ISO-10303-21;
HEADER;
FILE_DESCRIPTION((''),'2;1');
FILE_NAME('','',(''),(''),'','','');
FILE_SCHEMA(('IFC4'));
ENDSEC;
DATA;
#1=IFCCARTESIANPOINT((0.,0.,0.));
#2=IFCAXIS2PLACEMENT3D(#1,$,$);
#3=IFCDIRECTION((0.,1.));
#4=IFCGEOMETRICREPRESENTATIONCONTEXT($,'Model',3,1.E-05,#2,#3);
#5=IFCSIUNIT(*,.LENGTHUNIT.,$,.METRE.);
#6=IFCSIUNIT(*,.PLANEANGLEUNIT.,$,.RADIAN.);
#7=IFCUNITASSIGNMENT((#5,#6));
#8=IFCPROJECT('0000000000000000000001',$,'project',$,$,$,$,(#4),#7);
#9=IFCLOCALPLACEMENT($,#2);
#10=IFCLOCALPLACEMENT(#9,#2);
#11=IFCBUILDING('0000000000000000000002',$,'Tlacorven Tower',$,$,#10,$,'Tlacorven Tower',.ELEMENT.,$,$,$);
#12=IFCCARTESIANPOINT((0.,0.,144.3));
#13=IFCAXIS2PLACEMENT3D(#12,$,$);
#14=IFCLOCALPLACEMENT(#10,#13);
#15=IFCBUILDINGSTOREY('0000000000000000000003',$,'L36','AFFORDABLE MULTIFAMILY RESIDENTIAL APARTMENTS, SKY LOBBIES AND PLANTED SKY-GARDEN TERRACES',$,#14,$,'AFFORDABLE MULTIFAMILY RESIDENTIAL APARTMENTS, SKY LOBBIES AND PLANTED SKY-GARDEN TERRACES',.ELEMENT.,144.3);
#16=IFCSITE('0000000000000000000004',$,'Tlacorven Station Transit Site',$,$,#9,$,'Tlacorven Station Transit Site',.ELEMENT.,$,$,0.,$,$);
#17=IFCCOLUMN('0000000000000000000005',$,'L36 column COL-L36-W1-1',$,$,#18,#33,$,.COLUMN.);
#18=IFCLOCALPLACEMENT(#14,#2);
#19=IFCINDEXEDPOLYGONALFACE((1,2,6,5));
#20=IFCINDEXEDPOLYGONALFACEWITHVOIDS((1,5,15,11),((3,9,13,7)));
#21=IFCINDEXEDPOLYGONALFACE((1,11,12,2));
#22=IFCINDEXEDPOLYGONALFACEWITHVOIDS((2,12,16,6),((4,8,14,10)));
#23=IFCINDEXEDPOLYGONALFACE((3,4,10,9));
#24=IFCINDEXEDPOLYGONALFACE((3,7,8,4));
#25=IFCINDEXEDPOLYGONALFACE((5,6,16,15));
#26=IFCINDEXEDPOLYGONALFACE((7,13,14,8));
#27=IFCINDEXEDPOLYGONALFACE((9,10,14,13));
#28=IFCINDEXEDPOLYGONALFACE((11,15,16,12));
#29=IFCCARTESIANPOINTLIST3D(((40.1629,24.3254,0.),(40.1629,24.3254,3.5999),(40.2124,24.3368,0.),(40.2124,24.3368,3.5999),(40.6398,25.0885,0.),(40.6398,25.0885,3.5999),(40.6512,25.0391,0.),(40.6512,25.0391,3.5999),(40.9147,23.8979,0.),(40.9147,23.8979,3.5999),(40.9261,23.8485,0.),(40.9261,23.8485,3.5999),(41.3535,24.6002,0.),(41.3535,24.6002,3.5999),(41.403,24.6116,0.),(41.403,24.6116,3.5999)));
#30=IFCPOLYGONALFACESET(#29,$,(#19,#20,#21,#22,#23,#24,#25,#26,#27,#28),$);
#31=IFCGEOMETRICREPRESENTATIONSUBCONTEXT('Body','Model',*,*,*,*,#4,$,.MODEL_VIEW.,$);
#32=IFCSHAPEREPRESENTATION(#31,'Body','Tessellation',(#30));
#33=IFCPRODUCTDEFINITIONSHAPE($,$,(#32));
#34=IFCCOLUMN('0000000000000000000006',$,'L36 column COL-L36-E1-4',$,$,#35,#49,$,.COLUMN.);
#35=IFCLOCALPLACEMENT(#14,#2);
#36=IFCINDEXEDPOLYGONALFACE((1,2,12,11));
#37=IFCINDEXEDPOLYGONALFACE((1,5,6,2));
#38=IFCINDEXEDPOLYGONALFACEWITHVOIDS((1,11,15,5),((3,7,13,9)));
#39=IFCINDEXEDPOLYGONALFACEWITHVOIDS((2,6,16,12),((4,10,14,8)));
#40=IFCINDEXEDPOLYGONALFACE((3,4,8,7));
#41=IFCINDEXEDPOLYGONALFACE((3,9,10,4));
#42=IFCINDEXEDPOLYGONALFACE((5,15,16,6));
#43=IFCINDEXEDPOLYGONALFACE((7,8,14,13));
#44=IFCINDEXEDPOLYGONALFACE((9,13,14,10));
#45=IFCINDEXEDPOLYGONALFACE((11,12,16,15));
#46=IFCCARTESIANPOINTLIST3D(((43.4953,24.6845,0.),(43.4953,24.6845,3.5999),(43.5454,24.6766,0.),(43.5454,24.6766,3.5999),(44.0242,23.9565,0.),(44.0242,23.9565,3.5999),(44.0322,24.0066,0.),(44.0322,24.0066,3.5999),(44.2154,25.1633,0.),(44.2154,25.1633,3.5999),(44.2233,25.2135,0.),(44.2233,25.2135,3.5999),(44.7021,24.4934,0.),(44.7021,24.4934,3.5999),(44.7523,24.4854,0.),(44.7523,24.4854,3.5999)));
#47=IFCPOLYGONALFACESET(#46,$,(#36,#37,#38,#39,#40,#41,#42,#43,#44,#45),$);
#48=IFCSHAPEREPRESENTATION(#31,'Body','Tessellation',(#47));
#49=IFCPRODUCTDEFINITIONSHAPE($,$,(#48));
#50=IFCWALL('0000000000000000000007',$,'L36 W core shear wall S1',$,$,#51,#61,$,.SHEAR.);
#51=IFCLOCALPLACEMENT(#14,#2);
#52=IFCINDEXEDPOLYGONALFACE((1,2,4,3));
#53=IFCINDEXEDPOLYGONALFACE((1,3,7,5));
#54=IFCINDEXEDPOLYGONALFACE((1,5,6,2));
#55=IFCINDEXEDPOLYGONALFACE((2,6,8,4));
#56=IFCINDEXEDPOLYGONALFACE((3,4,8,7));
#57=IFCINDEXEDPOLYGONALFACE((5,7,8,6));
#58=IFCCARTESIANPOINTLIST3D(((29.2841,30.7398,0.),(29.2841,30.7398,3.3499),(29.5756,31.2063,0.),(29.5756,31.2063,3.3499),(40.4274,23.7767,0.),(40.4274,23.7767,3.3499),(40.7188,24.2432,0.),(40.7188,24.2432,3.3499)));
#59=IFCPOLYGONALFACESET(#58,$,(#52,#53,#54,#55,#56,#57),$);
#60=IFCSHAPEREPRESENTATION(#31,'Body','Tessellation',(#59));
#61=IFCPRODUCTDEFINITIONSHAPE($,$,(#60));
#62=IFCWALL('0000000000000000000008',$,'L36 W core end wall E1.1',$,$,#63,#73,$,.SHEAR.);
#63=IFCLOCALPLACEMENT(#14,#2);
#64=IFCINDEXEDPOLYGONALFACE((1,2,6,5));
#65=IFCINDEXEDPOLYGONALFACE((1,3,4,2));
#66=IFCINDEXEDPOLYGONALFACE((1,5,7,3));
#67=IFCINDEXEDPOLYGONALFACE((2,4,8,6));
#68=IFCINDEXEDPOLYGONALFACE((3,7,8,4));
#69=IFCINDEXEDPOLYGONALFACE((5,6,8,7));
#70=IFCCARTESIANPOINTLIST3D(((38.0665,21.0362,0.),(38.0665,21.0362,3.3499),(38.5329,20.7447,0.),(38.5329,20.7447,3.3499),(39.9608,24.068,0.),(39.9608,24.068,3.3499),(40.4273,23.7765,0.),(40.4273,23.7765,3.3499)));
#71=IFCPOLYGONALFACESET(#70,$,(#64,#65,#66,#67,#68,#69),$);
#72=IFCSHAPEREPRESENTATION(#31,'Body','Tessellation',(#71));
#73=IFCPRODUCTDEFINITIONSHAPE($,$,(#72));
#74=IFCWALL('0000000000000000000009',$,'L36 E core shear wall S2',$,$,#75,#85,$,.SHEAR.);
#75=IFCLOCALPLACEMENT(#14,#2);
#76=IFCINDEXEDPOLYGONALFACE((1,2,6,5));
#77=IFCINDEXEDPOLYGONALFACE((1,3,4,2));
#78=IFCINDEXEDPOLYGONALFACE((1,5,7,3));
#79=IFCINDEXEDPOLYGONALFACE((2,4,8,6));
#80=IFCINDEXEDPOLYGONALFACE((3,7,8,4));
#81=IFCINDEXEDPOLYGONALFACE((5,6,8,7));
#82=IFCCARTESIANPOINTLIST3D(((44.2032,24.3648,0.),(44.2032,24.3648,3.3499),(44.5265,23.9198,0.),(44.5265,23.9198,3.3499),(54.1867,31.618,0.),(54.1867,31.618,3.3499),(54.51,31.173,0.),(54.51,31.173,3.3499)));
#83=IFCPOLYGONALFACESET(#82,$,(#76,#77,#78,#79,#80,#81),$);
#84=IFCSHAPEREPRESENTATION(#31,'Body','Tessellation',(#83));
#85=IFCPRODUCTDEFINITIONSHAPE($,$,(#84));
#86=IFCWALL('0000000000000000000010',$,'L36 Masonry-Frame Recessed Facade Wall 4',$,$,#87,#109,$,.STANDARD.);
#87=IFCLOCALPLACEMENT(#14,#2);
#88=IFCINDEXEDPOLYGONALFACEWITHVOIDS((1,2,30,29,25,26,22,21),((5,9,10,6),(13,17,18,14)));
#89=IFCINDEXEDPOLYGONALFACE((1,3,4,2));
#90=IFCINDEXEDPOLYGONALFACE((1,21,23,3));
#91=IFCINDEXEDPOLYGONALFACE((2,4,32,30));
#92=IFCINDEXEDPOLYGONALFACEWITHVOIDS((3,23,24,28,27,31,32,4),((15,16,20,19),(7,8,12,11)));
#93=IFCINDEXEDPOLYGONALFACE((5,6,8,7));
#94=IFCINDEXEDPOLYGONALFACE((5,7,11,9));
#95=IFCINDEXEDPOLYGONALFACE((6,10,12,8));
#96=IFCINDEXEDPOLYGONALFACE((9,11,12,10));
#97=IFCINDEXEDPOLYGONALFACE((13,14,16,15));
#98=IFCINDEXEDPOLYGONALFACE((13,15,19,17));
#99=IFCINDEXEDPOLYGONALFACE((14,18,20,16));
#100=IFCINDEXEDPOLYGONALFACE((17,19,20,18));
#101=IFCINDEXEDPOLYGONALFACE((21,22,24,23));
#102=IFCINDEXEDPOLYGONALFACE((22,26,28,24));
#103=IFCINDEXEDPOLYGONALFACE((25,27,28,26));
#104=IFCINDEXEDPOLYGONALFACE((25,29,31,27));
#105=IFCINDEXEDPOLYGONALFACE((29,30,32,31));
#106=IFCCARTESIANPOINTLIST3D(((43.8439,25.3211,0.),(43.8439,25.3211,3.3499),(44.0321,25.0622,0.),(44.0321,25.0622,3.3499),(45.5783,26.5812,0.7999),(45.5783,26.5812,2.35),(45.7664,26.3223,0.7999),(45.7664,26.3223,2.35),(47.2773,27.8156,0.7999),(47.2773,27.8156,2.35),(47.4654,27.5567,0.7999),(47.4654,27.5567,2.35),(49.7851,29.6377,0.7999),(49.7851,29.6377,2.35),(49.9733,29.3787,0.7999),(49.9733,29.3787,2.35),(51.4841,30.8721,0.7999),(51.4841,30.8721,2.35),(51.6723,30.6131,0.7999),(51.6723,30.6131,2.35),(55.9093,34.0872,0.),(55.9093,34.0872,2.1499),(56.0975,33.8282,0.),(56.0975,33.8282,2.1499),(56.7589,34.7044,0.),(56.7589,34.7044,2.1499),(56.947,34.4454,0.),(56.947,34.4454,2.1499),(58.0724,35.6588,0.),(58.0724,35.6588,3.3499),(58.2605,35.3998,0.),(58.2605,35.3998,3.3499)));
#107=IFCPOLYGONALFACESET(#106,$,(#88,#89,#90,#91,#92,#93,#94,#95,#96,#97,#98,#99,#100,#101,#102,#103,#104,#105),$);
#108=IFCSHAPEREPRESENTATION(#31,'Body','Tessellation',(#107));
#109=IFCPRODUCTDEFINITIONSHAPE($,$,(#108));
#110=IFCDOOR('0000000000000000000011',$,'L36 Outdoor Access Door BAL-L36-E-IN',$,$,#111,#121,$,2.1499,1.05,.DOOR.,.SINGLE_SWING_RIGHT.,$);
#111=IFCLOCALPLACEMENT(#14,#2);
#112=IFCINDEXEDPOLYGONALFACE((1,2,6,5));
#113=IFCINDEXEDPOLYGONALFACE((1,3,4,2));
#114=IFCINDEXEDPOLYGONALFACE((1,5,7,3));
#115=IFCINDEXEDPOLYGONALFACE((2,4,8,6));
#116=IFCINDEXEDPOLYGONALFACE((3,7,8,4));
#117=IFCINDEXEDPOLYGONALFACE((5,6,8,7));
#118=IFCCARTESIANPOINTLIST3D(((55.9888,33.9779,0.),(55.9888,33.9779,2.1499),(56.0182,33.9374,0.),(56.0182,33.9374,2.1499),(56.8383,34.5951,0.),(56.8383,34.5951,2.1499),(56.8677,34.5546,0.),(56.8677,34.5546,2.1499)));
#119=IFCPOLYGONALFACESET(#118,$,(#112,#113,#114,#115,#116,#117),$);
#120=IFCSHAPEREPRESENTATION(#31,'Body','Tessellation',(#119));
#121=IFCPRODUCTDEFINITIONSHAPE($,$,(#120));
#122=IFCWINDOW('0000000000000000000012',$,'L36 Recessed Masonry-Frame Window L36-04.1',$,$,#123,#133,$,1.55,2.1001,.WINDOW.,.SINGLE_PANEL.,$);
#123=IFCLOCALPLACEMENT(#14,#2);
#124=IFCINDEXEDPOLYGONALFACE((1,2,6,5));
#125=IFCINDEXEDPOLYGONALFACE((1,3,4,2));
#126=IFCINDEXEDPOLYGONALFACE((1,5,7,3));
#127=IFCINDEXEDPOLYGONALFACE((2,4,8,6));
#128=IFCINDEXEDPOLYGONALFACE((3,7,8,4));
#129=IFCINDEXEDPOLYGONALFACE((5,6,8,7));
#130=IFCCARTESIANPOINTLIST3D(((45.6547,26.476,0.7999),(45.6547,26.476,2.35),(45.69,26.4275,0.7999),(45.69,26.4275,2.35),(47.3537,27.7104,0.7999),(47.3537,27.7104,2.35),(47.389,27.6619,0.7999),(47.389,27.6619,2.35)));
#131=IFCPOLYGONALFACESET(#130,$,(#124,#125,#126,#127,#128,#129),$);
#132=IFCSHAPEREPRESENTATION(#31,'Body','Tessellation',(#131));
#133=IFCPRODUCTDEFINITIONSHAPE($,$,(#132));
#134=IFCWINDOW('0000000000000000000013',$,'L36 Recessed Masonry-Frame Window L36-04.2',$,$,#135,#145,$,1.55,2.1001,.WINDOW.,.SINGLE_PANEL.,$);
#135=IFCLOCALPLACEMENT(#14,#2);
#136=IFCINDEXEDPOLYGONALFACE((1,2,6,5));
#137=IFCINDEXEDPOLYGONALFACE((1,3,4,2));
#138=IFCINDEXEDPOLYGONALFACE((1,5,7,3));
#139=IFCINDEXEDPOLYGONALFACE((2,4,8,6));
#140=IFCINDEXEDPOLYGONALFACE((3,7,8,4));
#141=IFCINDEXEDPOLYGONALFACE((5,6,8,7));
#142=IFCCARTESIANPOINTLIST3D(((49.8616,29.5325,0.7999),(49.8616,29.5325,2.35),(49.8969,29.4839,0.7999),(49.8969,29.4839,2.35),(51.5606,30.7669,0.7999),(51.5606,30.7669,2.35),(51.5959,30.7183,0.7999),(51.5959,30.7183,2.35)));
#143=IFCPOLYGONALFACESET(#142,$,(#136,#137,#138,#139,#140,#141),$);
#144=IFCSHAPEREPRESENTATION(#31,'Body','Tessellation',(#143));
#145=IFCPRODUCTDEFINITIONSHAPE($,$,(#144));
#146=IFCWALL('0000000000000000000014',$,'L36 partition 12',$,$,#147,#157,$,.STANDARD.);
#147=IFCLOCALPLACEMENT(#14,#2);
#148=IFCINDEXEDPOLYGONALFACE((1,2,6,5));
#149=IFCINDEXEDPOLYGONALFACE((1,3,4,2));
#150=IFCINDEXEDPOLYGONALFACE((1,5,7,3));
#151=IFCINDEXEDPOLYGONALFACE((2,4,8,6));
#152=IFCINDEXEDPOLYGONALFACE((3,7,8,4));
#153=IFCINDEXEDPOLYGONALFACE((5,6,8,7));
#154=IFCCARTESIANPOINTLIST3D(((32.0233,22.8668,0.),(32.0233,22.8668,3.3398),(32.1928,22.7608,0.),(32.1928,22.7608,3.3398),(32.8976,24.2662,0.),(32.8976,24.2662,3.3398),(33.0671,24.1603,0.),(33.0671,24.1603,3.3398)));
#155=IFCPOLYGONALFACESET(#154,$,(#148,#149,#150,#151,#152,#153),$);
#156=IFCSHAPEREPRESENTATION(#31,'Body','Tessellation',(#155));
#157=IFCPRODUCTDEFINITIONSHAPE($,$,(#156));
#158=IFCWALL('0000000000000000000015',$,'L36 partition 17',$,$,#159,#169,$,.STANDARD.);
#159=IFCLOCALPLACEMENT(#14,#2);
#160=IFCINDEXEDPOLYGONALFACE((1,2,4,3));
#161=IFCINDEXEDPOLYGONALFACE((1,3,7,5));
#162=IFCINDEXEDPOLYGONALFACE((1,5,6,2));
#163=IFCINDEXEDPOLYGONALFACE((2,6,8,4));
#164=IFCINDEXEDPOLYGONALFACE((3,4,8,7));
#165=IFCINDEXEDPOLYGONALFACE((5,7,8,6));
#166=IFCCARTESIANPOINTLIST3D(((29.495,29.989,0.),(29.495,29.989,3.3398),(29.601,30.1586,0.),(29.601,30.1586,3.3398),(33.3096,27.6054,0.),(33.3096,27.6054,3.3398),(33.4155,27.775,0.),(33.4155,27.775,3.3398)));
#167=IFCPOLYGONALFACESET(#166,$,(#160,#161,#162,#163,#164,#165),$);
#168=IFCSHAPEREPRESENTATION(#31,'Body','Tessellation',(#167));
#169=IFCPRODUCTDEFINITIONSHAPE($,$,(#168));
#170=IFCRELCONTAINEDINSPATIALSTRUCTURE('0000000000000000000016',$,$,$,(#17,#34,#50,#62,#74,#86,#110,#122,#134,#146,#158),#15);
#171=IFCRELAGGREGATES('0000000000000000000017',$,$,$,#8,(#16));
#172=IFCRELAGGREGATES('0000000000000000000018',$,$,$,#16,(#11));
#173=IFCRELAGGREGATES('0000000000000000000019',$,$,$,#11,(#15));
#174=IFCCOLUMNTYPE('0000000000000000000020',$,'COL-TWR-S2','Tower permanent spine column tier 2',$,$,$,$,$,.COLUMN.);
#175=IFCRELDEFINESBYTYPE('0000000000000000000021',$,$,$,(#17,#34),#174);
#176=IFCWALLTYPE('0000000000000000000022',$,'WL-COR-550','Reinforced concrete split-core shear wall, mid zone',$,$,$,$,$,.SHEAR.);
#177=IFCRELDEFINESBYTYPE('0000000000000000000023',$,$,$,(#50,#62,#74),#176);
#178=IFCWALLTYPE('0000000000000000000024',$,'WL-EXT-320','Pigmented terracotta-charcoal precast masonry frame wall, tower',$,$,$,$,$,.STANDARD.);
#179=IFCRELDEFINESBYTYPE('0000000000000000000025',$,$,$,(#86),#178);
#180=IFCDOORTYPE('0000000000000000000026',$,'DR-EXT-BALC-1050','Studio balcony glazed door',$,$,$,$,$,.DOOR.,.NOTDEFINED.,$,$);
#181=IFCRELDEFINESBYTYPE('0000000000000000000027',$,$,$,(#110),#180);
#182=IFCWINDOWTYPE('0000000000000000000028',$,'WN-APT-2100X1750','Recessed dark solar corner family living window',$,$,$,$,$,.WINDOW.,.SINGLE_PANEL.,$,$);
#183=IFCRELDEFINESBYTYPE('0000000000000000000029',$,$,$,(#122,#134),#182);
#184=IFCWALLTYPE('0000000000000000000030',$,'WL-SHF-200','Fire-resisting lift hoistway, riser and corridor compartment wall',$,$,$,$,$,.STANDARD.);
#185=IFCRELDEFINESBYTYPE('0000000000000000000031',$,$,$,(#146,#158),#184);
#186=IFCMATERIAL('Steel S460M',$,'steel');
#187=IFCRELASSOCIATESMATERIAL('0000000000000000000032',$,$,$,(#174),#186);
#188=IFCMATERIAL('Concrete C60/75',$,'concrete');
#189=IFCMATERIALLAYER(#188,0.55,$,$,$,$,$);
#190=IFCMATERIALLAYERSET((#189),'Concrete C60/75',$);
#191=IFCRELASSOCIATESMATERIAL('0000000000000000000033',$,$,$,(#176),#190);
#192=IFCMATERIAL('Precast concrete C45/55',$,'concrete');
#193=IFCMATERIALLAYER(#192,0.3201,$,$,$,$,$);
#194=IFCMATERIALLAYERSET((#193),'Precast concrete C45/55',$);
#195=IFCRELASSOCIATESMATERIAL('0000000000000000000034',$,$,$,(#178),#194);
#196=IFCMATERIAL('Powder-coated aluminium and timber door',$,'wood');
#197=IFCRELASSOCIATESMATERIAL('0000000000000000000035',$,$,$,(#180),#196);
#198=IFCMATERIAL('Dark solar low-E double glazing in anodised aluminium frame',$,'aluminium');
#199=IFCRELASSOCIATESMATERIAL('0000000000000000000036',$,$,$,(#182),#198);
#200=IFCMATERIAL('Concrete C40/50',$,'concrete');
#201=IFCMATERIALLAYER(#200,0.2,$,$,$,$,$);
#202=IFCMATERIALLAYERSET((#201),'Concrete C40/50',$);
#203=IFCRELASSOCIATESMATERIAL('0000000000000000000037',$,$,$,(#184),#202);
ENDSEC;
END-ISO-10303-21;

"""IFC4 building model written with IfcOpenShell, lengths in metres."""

from ifc_helpers import new_model, si_unit, direction, frame, frame_2d, origin, origin_2d, place, context, subcontext, project, spatial, rectangle, hollow_rectangle, extrude, source, transform, mapped, material, layer, layer_set, material_profile, profile_set, type_object, element, fill, save


model = new_model("IFC4")

# Units and contexts
model_context = context("Model", 3, precision=1e-05, world=origin(), true_north=direction((0.0, 1.0)))
body_context = subcontext(model_context, "Body", "Model", "MODEL_VIEW")
ifc_project = project(units=[si_unit("LENGTHUNIT", "METRE"), si_unit("PLANEANGLEUNIT", "RADIAN")], contexts=[model_context])

# Site, building, storey
site_placement = place(None, origin())
site = spatial("IfcSite", under=ifc_project, at=site_placement, Name="Tlacorven Station Transit Site", LongName="Tlacorven Station Transit Site", CompositionType="ELEMENT", RefElevation=0.0)
building_placement = place(site_placement, origin())
building = spatial("IfcBuilding", under=site, at=building_placement, Name="Tlacorven Tower", LongName="Tlacorven Tower", CompositionType="ELEMENT")
storey_placement = place(building_placement, frame((0.0, 0.0, 144.3)))
storey = spatial("IfcBuildingStorey", under=building, at=storey_placement, Name="L36", Description="AFFORDABLE MULTIFAMILY RESIDENTIAL APARTMENTS, SKY LOBBIES AND PLANTED SKY-GARDEN TERRACES", LongName="AFFORDABLE MULTIFAMILY RESIDENTIAL APARTMENTS, SKY LOBBIES AND PLANTED SKY-GARDEN TERRACES", CompositionType="ELEMENT", Elevation=144.3)

# Columns
ifc_material_1 = material(Name="Steel S460M", Category="steel")
ifc_material_profile = material_profile(ifc_material_1, hollow_rectangle(XDim=0.8999, YDim=0.8999, WallThickness=0.0359, at=origin_2d()), Name="BOX 900X900X36")
ifc_profile_set = profile_set([ifc_material_profile], Name="Steel S460M")
column_type = type_object("IfcColumnType", Name="COL-TWR-S2", Description="Tower permanent spine column tier 2", PredefinedType="COLUMN", material=ifc_profile_set)
shared_shape_1 = source(origin(), body_context, "Body", "SweptSolid", [
    extrude(hollow_rectangle(XDim=0.8999, YDim=0.8999, WallThickness=0.0359, at=origin_2d()), origin(), (0.0, 0.0, 1.0), 3.5999),
])
for number, where, z_axis, x_axis, name in (
    (1, (40.783, 24.4685, 0.0), (0.0, 0.0, 1.0), (-0.848048, 0.529919, 0.0), "L36 column COL-L36-W1-1"),
    (2, (44.1238, 24.585, 0.0), (0.0, 0.0, 1.0), (0.809017, 0.587785, 0.0), "L36 column COL-L36-E1-4"),
):
    element("IfcColumn", number, at=place(storey_placement, frame(where, z_axis=z_axis, x_axis=x_axis)), inside=storey, type_object=column_type, Name=name, PredefinedType="COLUMN", context=body_context, shape_type="MappedRepresentation", body=[
        mapped(shared_shape_1, transform((0.0, 0.0, 0.0), scale=1.0)),
    ])

# Walls
ifc_material_2 = material(Name="Concrete C60/75", Category="concrete")
ifc_layer_1 = layer(ifc_material_2, 0.55)
ifc_layer_set_1 = layer_set([ifc_layer_1], Name="Concrete C60/75")
wall_type_1 = type_object("IfcWallType", Name="WL-COR-550", Description="Reinforced concrete split-core shear wall, mid zone", PredefinedType="SHEAR", material=ifc_layer_set_1)
wall_1_placement = place(storey_placement, frame((40.573, 24.01, 0.0), z_axis=(0.0, 0.0, 1.0), x_axis=(-0.848047, 0.52992, 0.0)))
element("IfcWall", 3, at=wall_1_placement, inside=storey, type_object=wall_type_1, Name="L36 W core shear wall S1", PredefinedType="SHEAR", context=body_context, shape_type="SweptSolid", body=[
    extrude(rectangle(XDim=13.1399, YDim=0.55, at=frame_2d((6.5698, 0.0))), origin(), (0.0, 0.0, 1.0), 3.3499),
])
wall_2_placement = place(storey_placement, frame((40.1941, 23.9224, 0.0), z_axis=(0.0, 0.0, 1.0), x_axis=(-0.529888, -0.848067, 0.0)))
element("IfcWall", 4, at=wall_2_placement, inside=storey, type_object=wall_type_1, Name="L36 W core end wall E1.1", PredefinedType="SHEAR", context=body_context, shape_type="SweptSolid", body=[
    extrude(rectangle(XDim=3.575, YDim=0.55, at=frame_2d((1.7876, 0.0))), origin(), (0.0, 0.0, 1.0), 3.3499),
])
wall_3_placement = place(storey_placement, frame((44.365, 24.1423, 0.0), z_axis=(0.0, 0.0, 1.0), x_axis=(0.809024, 0.587775, 0.0)))
element("IfcWall", 5, at=wall_3_placement, inside=storey, type_object=wall_type_1, Name="L36 E core shear wall S2", PredefinedType="SHEAR", context=body_context, shape_type="SweptSolid", body=[
    extrude(rectangle(XDim=12.3401, YDim=0.55, at=frame_2d((6.1699, 0.0))), origin(), (0.0, 0.0, 1.0), 3.3499),
])

# Wall, openings, door, windows
ifc_material_3 = material(Name="Precast concrete C45/55", Category="concrete")
ifc_layer_2 = layer(ifc_material_3, 0.3201)
ifc_layer_set_2 = layer_set([ifc_layer_2], Name="Precast concrete C45/55")
wall_type_2 = type_object("IfcWallType", Name="WL-EXT-320", Description="Pigmented terracotta-charcoal precast masonry frame wall, tower", PredefinedType="STANDARD", material=ifc_layer_set_2)
wall_4_placement = place(storey_placement, frame((43.938, 25.1917, 0.0), z_axis=(0.0, 0.0, 1.0), x_axis=(0.809016, 0.587786, 0.0)))
wall_4 = element("IfcWall", 6, at=wall_4_placement, inside=storey, type_object=wall_type_2, Name="L36 Masonry-Frame Recessed Facade Wall 4", PredefinedType="STANDARD", context=body_context, shape_type="SweptSolid", body=[
    extrude(rectangle(XDim=17.5874, YDim=0.3201, at=frame_2d((8.7937, 0.0))), origin(), (0.0, 0.0, 1.0), 3.3499),
])
opening_1_placement = place(wall_4_placement, frame((14.9138, 0.0, 0.0)))
opening_1 = element("IfcOpeningElement", 7, at=opening_1_placement, cuts=wall_4, PredefinedType="OPENING", context=body_context, shape_type="SweptSolid", body=[
    extrude(rectangle(XDim=1.05, YDim=2.1499, at=frame_2d((0.5249, 1.075))), frame((0.0, 0.1699, 0.0), z_axis=(0.0, -1.0, 0.0), x_axis=(1.0, 0.0, 0.0)), (0.0, 0.0, 1.0), 0.3401),
])
opening_2_placement = place(wall_4_placement, frame((2.1438, 0.0, 0.8)))
opening_2 = element("IfcOpeningElement", 8, at=opening_2_placement, cuts=wall_4, PredefinedType="OPENING", context=body_context, shape_type="SweptSolid", body=[
    extrude(rectangle(XDim=2.1001, YDim=1.55, at=frame_2d((1.05, 0.7749))), frame((0.0, 0.1699, 0.0), z_axis=(0.0, -1.0, 0.0), x_axis=(1.0, 0.0, 0.0)), (0.0, 0.0, 1.0), 0.3401),
])
opening_3_placement = place(wall_4_placement, frame((7.3438, 0.0, 0.8)))
opening_3 = element("IfcOpeningElement", 9, at=opening_3_placement, cuts=wall_4, PredefinedType="OPENING", context=body_context, shape_type="SweptSolid", body=[
    extrude(rectangle(XDim=2.1001, YDim=1.55, at=frame_2d((1.05, 0.7749))), frame((0.0, 0.1699, 0.0), z_axis=(0.0, -1.0, 0.0), x_axis=(1.0, 0.0, 0.0)), (0.0, 0.0, 1.0), 0.3401),
])
ifc_material_4 = material(Name="Powder-coated aluminium and timber door", Category="wood")
door_type = type_object("IfcDoorType", Name="DR-EXT-BALC-1050", Description="Studio balcony glazed door", OperationType="NOTDEFINED", PredefinedType="DOOR", material=ifc_material_4)
shared_shape_2 = source(origin(), body_context, "Body", "SweptSolid", [
    extrude(rectangle(XDim=1.05, YDim=2.1499, at=frame_2d((0.5249, 1.075))), frame((0.0, 0.0249, 0.0), z_axis=(0.0, -1.0, 0.0), x_axis=(1.0, 0.0, 0.0)), (0.0, 0.0, 1.0), 0.05),
])
door_placement = place(opening_1_placement, origin())
door = element("IfcDoor", 10, at=door_placement, inside=storey, type_object=door_type, Name="L36 Outdoor Access Door BAL-L36-E-IN", OperationType="SINGLE_SWING_RIGHT", OverallHeight=2.1499, OverallWidth=1.05, PredefinedType="DOOR", context=body_context, shape_type="MappedRepresentation", body=[
    mapped(shared_shape_2, transform((0.0, 0.0, 0.0), scale=1.0)),
])
fill(opening_1, door)
ifc_material_5 = material(Name="Dark solar low-E double glazing in anodised aluminium frame", Category="aluminium")
window_type = type_object("IfcWindowType", Name="WN-APT-2100X1750", Description="Recessed dark solar corner family living window", PartitioningType="SINGLE_PANEL", PredefinedType="WINDOW", material=ifc_material_5)
shared_shape_3 = source(origin(), body_context, "Body", "SweptSolid", [
    extrude(rectangle(XDim=2.1001, YDim=1.55, at=frame_2d((1.05, 0.7749))), frame((0.0, 0.03, 0.0), z_axis=(0.0, -1.0, 0.0), x_axis=(1.0, 0.0, 0.0)), (0.0, 0.0, 1.0), 0.0601),
])
window_1_placement = place(opening_2_placement, origin())
window_1 = element("IfcWindow", 11, at=window_1_placement, inside=storey, type_object=window_type, Name="L36 Recessed Masonry-Frame Window L36-04.1", OverallHeight=1.55, OverallWidth=2.1001, PartitioningType="SINGLE_PANEL", PredefinedType="WINDOW", context=body_context, shape_type="MappedRepresentation", body=[
    mapped(shared_shape_3, transform((0.0, 0.0, 0.0), scale=1.0)),
])
fill(opening_2, window_1)
window_2_placement = place(opening_3_placement, origin())
window_2 = element("IfcWindow", 12, at=window_2_placement, inside=storey, type_object=window_type, Name="L36 Recessed Masonry-Frame Window L36-04.2", OverallHeight=1.55, OverallWidth=2.1001, PartitioningType="SINGLE_PANEL", PredefinedType="WINDOW", context=body_context, shape_type="MappedRepresentation", body=[
    mapped(shared_shape_3, transform((0.0, 0.0, 0.0), scale=1.0)),
])
fill(opening_3, window_2)

# Walls
ifc_material_6 = material(Name="Concrete C40/50", Category="concrete")
ifc_layer_3 = layer(ifc_material_6, 0.2)
ifc_layer_set_3 = layer_set([ifc_layer_3], Name="Concrete C40/50")
wall_type_3 = type_object("IfcWallType", Name="WL-SHF-200", Description="Fire-resisting lift hoistway, riser and corridor compartment wall", PredefinedType="STANDARD", material=ifc_layer_set_3)
wall_5_placement = place(storey_placement, frame((32.9824, 24.2134, 0.0), z_axis=(0.0, 0.0, 1.0), x_axis=(-0.529839, -0.848098, 0.0)))
element("IfcWall", 13, at=wall_5_placement, inside=storey, type_object=wall_type_3, Name="L36 partition 12", PredefinedType="STANDARD", context=body_context, shape_type="SweptSolid", body=[
    extrude(rectangle(XDim=1.6501, YDim=0.2, at=frame_2d((0.8252, 0.0))), origin(), (0.0, 0.0, 1.0), 3.3398),
])
wall_6_placement = place(storey_placement, frame((33.3625, 27.6902, 0.0), z_axis=(0.0, 0.0, 1.0), x_axis=(-0.848047, 0.529921, 0.0)))
element("IfcWall", 14, at=wall_6_placement, inside=storey, type_object=wall_type_3, Name="L36 partition 17", PredefinedType="STANDARD", context=body_context, shape_type="SweptSolid", body=[
    extrude(rectangle(XDim=4.498, YDim=0.2, at=frame_2d((2.249, 0.0))), origin(), (0.0, 0.0, 1.0), 3.3398),
])

save(model, "model.ifc")
